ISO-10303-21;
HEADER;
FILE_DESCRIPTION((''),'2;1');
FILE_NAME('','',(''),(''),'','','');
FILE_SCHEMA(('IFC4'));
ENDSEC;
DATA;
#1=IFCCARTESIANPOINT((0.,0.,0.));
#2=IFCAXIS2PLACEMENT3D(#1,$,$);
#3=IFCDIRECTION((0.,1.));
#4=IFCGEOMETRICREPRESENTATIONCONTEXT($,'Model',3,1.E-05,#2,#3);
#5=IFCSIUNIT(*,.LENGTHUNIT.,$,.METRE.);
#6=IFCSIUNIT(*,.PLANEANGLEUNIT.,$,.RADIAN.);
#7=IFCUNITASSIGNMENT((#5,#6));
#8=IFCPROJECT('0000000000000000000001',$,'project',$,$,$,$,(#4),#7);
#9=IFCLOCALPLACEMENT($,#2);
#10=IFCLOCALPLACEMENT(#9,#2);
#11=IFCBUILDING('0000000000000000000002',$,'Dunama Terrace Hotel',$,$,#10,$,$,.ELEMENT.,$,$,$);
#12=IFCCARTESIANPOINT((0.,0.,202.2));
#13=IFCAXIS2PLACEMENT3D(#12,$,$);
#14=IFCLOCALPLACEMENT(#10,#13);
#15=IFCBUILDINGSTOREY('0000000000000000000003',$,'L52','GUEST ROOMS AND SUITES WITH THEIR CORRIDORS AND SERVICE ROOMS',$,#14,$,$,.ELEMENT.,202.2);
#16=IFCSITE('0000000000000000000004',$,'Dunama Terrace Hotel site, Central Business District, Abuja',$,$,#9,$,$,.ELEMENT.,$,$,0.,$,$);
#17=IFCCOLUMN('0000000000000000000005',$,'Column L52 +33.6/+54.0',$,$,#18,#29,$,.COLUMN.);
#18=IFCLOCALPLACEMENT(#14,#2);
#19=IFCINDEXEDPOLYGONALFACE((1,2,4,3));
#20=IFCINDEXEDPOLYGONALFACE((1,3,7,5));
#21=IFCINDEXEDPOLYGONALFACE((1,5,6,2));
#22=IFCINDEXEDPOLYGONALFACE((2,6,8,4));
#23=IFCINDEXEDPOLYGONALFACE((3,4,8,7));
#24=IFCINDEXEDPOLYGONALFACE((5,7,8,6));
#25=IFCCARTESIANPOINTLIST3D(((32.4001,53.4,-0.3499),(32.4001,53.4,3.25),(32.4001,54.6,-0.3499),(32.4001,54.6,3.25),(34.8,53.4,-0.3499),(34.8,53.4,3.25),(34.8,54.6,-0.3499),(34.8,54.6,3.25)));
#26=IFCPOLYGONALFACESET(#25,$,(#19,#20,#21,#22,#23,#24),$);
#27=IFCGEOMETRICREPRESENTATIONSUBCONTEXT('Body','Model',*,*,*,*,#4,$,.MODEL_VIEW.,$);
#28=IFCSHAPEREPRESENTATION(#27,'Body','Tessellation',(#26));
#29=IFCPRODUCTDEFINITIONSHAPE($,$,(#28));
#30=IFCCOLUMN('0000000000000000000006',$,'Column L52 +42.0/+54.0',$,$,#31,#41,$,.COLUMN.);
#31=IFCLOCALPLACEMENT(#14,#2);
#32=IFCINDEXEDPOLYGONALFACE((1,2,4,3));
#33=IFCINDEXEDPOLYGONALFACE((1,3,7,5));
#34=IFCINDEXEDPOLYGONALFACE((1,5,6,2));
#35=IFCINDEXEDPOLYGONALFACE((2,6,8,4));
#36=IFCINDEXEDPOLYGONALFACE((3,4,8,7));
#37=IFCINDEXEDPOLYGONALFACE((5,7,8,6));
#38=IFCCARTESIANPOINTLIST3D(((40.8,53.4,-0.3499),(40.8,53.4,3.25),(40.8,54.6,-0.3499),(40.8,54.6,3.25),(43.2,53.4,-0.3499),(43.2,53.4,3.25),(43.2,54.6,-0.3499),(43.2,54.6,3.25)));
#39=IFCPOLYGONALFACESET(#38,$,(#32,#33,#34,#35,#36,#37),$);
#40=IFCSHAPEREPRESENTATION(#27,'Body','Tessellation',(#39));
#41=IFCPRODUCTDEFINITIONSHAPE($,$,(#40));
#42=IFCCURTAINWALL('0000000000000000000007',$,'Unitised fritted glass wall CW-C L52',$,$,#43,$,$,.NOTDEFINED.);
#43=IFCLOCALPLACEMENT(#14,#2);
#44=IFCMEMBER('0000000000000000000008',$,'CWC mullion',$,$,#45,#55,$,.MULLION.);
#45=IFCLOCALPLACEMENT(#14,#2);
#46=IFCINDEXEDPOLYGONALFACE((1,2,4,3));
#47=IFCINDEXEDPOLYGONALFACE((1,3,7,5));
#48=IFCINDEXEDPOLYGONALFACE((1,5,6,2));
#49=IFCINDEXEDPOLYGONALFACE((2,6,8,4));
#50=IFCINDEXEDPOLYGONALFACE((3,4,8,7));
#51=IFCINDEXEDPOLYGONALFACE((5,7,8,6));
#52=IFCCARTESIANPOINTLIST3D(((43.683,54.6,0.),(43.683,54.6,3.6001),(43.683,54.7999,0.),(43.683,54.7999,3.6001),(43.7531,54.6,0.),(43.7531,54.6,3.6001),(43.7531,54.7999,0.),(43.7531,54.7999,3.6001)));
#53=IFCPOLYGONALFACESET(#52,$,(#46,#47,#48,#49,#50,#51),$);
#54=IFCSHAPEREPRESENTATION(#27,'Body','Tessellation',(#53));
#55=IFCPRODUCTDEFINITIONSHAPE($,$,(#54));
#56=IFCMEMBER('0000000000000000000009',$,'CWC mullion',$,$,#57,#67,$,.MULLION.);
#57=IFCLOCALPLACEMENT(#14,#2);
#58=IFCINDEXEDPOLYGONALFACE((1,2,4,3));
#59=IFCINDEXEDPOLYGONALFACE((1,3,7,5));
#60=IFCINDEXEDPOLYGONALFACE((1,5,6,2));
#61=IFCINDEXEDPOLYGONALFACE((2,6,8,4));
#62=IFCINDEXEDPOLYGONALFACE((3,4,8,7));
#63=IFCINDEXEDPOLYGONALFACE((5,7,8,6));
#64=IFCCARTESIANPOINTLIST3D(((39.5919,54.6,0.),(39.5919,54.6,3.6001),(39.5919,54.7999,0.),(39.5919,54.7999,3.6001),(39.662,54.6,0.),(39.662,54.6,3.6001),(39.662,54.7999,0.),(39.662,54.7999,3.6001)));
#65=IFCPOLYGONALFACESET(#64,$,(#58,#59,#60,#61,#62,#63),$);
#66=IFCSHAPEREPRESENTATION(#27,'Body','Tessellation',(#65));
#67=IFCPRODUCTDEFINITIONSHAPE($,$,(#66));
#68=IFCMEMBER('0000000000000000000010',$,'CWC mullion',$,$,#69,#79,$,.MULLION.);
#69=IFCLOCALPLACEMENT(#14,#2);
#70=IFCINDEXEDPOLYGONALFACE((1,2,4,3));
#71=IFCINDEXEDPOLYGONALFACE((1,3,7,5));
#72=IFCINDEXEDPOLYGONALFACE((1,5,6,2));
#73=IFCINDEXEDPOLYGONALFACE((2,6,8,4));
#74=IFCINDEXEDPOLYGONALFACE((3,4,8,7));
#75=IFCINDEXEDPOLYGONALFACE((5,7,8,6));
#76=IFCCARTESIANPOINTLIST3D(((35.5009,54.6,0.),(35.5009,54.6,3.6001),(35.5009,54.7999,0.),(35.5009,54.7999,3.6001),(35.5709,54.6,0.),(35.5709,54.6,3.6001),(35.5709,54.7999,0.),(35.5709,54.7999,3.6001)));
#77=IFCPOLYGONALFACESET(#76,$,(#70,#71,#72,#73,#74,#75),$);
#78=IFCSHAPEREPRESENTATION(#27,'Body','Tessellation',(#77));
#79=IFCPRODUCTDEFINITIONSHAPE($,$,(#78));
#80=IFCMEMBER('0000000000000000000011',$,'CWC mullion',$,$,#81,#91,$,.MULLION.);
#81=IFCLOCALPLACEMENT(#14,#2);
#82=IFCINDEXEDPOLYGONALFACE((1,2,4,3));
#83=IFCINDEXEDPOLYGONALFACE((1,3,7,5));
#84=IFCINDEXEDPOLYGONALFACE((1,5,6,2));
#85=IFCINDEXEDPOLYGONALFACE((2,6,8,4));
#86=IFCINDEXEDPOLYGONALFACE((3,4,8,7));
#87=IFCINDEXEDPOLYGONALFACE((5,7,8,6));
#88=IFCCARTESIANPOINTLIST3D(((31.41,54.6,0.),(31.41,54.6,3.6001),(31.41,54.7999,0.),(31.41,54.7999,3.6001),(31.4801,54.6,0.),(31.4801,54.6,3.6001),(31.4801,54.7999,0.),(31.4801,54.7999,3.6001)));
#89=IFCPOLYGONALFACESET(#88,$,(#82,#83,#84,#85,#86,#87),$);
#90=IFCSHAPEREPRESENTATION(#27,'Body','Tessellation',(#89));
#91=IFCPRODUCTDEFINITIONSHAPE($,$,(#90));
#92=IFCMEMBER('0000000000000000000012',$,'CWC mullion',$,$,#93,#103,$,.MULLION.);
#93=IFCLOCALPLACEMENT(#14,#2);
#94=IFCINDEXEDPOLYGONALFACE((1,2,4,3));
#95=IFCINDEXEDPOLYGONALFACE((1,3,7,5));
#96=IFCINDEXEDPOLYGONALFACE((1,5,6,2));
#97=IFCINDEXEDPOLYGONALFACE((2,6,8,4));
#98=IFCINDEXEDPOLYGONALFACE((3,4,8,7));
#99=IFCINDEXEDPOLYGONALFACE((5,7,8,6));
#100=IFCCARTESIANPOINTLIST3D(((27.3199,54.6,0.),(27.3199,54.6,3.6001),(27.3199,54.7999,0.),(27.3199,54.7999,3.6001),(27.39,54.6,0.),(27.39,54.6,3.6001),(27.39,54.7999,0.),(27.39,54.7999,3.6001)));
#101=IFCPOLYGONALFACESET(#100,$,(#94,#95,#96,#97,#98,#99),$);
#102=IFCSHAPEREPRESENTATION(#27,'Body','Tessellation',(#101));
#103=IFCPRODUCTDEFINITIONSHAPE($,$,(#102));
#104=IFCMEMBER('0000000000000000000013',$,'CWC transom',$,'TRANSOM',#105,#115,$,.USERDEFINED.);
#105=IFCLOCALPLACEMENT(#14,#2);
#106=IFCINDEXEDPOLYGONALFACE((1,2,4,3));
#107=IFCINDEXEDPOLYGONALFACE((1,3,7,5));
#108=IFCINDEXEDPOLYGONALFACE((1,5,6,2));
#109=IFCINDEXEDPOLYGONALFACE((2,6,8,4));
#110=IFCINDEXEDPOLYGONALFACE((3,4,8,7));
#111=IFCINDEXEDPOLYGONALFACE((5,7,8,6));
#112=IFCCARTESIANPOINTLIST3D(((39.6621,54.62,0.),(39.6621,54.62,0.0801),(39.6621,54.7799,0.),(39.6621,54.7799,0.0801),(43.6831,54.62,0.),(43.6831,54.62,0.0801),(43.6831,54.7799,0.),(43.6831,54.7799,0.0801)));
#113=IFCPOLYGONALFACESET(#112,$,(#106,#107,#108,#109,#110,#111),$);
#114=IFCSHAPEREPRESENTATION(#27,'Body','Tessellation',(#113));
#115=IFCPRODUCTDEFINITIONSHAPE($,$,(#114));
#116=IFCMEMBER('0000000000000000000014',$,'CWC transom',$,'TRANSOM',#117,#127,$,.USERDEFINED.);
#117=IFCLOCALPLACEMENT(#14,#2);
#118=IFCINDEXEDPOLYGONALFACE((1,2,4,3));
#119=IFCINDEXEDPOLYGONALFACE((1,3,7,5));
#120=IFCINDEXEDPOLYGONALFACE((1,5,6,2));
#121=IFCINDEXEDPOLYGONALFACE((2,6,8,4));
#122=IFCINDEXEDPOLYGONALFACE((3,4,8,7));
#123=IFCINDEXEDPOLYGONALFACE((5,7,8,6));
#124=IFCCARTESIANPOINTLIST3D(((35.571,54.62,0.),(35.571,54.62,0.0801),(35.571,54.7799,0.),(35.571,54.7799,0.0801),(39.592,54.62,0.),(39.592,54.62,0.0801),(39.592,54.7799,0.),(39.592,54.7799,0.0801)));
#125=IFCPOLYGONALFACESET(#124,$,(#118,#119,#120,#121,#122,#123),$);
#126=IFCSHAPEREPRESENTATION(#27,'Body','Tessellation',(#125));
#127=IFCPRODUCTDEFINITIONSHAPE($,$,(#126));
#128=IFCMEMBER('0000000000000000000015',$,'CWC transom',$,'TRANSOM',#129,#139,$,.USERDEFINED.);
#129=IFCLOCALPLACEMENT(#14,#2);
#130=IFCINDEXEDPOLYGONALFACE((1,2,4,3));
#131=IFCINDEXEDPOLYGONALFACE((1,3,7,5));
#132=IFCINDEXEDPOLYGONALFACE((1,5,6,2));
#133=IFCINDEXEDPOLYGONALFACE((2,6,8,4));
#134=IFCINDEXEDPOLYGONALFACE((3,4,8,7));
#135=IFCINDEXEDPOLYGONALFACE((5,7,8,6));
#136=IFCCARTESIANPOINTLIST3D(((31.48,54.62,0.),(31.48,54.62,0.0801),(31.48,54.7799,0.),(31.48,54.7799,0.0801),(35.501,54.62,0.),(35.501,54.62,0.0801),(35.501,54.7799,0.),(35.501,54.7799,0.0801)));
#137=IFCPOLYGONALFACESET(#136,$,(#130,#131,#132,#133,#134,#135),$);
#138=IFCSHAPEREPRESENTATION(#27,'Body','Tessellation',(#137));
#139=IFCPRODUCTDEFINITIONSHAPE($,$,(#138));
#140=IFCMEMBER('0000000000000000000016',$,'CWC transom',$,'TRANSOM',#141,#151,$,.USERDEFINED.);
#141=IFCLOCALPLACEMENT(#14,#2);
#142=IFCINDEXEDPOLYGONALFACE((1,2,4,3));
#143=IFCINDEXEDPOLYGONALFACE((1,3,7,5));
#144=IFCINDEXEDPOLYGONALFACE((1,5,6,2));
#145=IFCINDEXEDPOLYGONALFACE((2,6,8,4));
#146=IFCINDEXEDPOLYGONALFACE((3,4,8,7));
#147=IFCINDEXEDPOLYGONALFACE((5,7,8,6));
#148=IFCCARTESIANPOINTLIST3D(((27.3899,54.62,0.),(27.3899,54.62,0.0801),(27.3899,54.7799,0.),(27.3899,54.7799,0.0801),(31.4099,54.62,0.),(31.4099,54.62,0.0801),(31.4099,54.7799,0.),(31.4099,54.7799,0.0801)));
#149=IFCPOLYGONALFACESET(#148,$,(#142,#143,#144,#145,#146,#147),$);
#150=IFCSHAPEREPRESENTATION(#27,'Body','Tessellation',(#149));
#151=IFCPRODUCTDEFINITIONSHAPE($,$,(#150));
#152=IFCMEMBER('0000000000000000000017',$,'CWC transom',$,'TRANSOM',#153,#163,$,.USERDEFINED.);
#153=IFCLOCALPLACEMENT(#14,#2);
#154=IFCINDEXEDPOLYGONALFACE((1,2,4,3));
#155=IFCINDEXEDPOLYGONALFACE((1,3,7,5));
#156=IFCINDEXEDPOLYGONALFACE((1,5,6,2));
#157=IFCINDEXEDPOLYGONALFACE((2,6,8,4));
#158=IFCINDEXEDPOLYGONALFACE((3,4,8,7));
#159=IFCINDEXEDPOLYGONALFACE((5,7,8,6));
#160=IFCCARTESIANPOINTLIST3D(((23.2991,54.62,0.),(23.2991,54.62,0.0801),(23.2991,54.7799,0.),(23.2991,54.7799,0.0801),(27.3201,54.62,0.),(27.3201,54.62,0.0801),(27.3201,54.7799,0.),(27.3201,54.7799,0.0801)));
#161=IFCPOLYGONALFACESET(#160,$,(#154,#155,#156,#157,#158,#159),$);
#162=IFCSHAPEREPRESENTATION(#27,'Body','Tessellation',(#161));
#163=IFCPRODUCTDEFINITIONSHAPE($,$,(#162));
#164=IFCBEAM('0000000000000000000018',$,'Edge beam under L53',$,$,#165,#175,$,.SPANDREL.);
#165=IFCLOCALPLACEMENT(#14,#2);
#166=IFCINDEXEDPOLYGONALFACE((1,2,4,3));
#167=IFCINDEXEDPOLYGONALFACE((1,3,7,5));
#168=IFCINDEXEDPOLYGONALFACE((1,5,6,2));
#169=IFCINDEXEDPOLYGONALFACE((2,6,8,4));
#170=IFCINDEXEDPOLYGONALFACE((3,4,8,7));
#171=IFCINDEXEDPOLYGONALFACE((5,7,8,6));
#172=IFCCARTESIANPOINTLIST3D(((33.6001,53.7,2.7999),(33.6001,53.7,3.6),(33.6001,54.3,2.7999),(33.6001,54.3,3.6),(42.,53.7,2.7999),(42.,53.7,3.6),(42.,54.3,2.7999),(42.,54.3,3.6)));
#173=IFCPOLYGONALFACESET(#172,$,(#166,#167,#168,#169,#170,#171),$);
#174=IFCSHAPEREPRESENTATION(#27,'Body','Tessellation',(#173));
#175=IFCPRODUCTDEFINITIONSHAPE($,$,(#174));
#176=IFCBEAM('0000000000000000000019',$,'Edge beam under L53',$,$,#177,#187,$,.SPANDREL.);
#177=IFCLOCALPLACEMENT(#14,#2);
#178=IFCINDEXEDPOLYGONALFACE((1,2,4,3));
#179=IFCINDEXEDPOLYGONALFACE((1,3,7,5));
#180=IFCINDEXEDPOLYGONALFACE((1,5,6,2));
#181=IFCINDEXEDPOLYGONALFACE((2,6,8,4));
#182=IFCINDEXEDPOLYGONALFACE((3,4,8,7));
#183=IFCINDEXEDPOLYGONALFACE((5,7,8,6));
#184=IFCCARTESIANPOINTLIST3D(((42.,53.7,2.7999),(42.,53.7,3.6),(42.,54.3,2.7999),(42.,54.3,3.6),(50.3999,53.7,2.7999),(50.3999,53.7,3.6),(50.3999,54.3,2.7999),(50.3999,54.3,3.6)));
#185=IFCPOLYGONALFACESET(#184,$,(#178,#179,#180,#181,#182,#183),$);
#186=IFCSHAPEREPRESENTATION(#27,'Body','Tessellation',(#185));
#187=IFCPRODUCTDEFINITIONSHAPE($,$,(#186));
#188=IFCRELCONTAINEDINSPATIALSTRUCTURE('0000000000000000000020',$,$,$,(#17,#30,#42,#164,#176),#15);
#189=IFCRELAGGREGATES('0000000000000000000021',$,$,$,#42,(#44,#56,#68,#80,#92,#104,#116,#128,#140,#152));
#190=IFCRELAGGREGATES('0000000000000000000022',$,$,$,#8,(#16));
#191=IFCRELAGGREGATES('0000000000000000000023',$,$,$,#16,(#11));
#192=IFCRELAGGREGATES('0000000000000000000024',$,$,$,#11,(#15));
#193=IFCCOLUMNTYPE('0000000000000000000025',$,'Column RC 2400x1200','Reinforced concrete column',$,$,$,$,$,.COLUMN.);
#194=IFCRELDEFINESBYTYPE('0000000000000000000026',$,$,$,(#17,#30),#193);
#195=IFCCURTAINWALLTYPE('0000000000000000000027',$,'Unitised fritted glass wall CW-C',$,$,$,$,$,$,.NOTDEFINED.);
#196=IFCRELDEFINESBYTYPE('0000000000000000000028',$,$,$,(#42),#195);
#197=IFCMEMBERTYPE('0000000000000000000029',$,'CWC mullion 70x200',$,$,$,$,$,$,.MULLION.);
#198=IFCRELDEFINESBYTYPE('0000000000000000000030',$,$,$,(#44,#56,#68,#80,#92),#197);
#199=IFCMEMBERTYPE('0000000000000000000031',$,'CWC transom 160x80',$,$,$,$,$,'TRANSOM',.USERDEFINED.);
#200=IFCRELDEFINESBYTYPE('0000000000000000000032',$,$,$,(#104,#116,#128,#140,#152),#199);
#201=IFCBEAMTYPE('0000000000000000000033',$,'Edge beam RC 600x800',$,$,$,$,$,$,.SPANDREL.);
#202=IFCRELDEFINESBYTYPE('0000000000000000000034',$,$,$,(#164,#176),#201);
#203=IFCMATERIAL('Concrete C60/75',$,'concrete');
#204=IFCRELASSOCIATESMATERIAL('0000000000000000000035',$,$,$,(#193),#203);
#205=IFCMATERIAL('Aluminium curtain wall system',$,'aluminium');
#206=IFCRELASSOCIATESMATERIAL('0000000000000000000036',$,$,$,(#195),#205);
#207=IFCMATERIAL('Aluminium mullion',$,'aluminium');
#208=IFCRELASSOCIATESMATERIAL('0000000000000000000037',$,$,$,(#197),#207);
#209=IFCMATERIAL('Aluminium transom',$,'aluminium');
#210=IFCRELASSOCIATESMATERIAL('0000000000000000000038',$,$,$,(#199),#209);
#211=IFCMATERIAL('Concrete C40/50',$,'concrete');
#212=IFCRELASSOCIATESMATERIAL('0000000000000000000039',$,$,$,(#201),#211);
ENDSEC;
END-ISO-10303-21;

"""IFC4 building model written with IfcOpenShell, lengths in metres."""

from ifc_helpers import new_model, si_unit, direction, frame, origin, origin_2d, place, context, subcontext, project, spatial, rectangle, extrude, material, material_profile, profile_set, type_object, element, aggregate, save


model = new_model("IFC4")

# Units and contexts
model_context = context("Model", 3, precision=1e-05, world=origin(), true_north=direction((0.0, 1.0)))
body_context = subcontext(model_context, "Body", "Model", "MODEL_VIEW")
ifc_project = project(units=[si_unit("LENGTHUNIT", "METRE"), si_unit("PLANEANGLEUNIT", "RADIAN")], contexts=[model_context])

# Site, building, storey
site_placement = place(None, origin())
site = spatial("IfcSite", under=ifc_project, at=site_placement, Name="Dunama Terrace Hotel site, Central Business District, Abuja", CompositionType="ELEMENT", RefElevation=0.0)
building_placement = place(site_placement, origin())
building = spatial("IfcBuilding", under=site, at=building_placement, Name="Dunama Terrace Hotel", CompositionType="ELEMENT")
storey_placement = place(building_placement, frame((0.0, 0.0, 202.2)))
storey = spatial("IfcBuildingStorey", under=building, at=storey_placement, Name="L52", Description="GUEST ROOMS AND SUITES WITH THEIR CORRIDORS AND SERVICE ROOMS", CompositionType="ELEMENT", Elevation=202.2)

# Columns
ifc_material_1 = material(Name="Concrete C60/75", Category="concrete")
ifc_material_profile_1 = material_profile(ifc_material_1, rectangle(XDim=2.3999, YDim=1.2, at=origin_2d()), Name="RC 2400x1200")
ifc_profile_set_1 = profile_set([ifc_material_profile_1], Name="Concrete C60/75")
column_type = type_object("IfcColumnType", Name="Column RC 2400x1200", Description="Reinforced concrete column", PredefinedType="COLUMN", material=ifc_profile_set_1)
for number, where, z_axis, x_axis, name in (
    (1, (33.6001, 54.0, -0.3499), (0.0, 0.0, 1.0), (1.0, 0.0, 0.0), "Column L52 +33.6/+54.0"),
    (2, (42.0, 54.0, -0.3499), (0.0, 0.0, 1.0), (1.0, 0.0, 0.0), "Column L52 +42.0/+54.0"),
):
    element("IfcColumn", number, at=place(storey_placement, frame(where, z_axis=z_axis, x_axis=x_axis)), inside=storey, type_object=column_type, Name=name, PredefinedType="COLUMN", context=body_context, shape_type="SweptSolid", body=[
        extrude(rectangle(XDim=2.3999, YDim=1.2, at=origin_2d()), origin(), (0.0, 0.0, 1.0), 3.5999),
    ])

# Curtain wall, members
ifc_material_2 = material(Name="Aluminium curtain wall system", Category="aluminium")
curtain_wall_type = type_object("IfcCurtainWallType", Name="Unitised fritted glass wall CW-C", PredefinedType="NOTDEFINED", material=ifc_material_2)
curtain_wall_placement = place(storey_placement, origin())
curtain_wall = element("IfcCurtainWall", 3, at=curtain_wall_placement, inside=storey, type_object=curtain_wall_type, Name="Unitised fritted glass wall CW-C L52", PredefinedType="NOTDEFINED")
ifc_material_3 = material(Name="Aluminium mullion", Category="aluminium")
ifc_material_profile_2 = material_profile(ifc_material_3, rectangle(XDim=0.0701, YDim=0.2, at=origin_2d()), Name="CWC MULLION 70X200")
ifc_profile_set_2 = profile_set([ifc_material_profile_2], Name="Aluminium mullion")
member_type_1 = type_object("IfcMemberType", Name="CWC mullion 70x200", PredefinedType="MULLION", material=ifc_profile_set_2)
member_1_placement = place(storey_placement, frame((43.718, 54.7, 0.0), z_axis=(0.0, 0.0, 1.0), x_axis=(-1.0, 0.0, 0.0)))
member_1 = element("IfcMember", 4, at=member_1_placement, type_object=member_type_1, Name="CWC mullion", PredefinedType="MULLION", context=body_context, shape_type="SweptSolid", body=[
    extrude(rectangle(XDim=0.0701, YDim=0.2, at=origin_2d()), origin(), (0.0, 0.0, 1.0), 3.6001),
])
member_2_placement = place(storey_placement, frame((39.627, 54.7, 0.0), z_axis=(0.0, 0.0, 1.0), x_axis=(-1.0, 0.0, 0.0)))
member_2 = element("IfcMember", 5, at=member_2_placement, type_object=member_type_1, Name="CWC mullion", PredefinedType="MULLION", context=body_context, shape_type="SweptSolid", body=[
    extrude(rectangle(XDim=0.0701, YDim=0.2, at=origin_2d()), origin(), (0.0, 0.0, 1.0), 3.6001),
])
member_3_placement = place(storey_placement, frame((35.5359, 54.7, 0.0), z_axis=(0.0, 0.0, 1.0), x_axis=(-1.0, 0.0, 0.0)))
member_3 = element("IfcMember", 6, at=member_3_placement, type_object=member_type_1, Name="CWC mullion", PredefinedType="MULLION", context=body_context, shape_type="SweptSolid", body=[
    extrude(rectangle(XDim=0.0701, YDim=0.2, at=origin_2d()), origin(), (0.0, 0.0, 1.0), 3.6001),
])
member_4_placement = place(storey_placement, frame((31.4451, 54.7, 0.0), z_axis=(0.0, 0.0, 1.0), x_axis=(-1.0, 0.0, 0.0)))
member_4 = element("IfcMember", 7, at=member_4_placement, type_object=member_type_1, Name="CWC mullion", PredefinedType="MULLION", context=body_context, shape_type="SweptSolid", body=[
    extrude(rectangle(XDim=0.0701, YDim=0.2, at=origin_2d()), origin(), (0.0, 0.0, 1.0), 3.6001),
])
member_5_placement = place(storey_placement, frame((27.355, 54.7, 0.0), z_axis=(0.0, 0.0, 1.0), x_axis=(-1.0, 0.0, 0.0)))
member_5 = element("IfcMember", 8, at=member_5_placement, type_object=member_type_1, Name="CWC mullion", PredefinedType="MULLION", context=body_context, shape_type="SweptSolid", body=[
    extrude(rectangle(XDim=0.0701, YDim=0.2, at=origin_2d()), origin(), (0.0, 0.0, 1.0), 3.6001),
])
ifc_material_4 = material(Name="Aluminium transom", Category="aluminium")
ifc_material_profile_3 = material_profile(ifc_material_4, rectangle(XDim=0.1599, YDim=0.0801, at=origin_2d()), Name="CWC TRANSOM 160X80")
ifc_profile_set_3 = profile_set([ifc_material_profile_3], Name="Aluminium transom")
member_type_2 = type_object("IfcMemberType", Name="CWC transom 160x80", ElementType="TRANSOM", PredefinedType="USERDEFINED", material=ifc_profile_set_3)
member_6_placement = place(storey_placement, frame((43.6831, 54.7, 0.04), z_axis=(-1.0, 0.0, 0.0), x_axis=(0.0, -1.0, 0.0)))
member_6 = element("IfcMember", 9, at=member_6_placement, type_object=member_type_2, Name="CWC transom", ObjectType="TRANSOM", PredefinedType="USERDEFINED", context=body_context, shape_type="SweptSolid", body=[
    extrude(rectangle(XDim=0.1599, YDim=0.0801, at=origin_2d()), origin(), (0.0, 0.0, 1.0), 4.021),
])
member_7_placement = place(storey_placement, frame((39.592, 54.7, 0.04), z_axis=(-1.0, 0.0, 0.0), x_axis=(0.0, -1.0, 0.0)))
member_7 = element("IfcMember", 10, at=member_7_placement, type_object=member_type_2, Name="CWC transom", ObjectType="TRANSOM", PredefinedType="USERDEFINED", context=body_context, shape_type="SweptSolid", body=[
    extrude(rectangle(XDim=0.1599, YDim=0.0801, at=origin_2d()), origin(), (0.0, 0.0, 1.0), 4.021),
])
member_8_placement = place(storey_placement, frame((35.501, 54.7, 0.04), z_axis=(-1.0, 0.0, 0.0), x_axis=(0.0, -1.0, 0.0)))
member_8 = element("IfcMember", 11, at=member_8_placement, type_object=member_type_2, Name="CWC transom", ObjectType="TRANSOM", PredefinedType="USERDEFINED", context=body_context, shape_type="SweptSolid", body=[
    extrude(rectangle(XDim=0.1599, YDim=0.0801, at=origin_2d()), origin(), (0.0, 0.0, 1.0), 4.021),
])
member_9_placement = place(storey_placement, frame((31.4099, 54.7, 0.04), z_axis=(-1.0, 0.0, 0.0), x_axis=(0.0, -1.0, 0.0)))
member_9 = element("IfcMember", 12, at=member_9_placement, type_object=member_type_2, Name="CWC transom", ObjectType="TRANSOM", PredefinedType="USERDEFINED", context=body_context, shape_type="SweptSolid", body=[
    extrude(rectangle(XDim=0.1599, YDim=0.0801, at=origin_2d()), origin(), (0.0, 0.0, 1.0), 4.02),
])
member_10_placement = place(storey_placement, frame((27.3201, 54.7, 0.04), z_axis=(-1.0, 0.0, 0.0), x_axis=(0.0, -1.0, 0.0)))
member_10 = element("IfcMember", 13, at=member_10_placement, type_object=member_type_2, Name="CWC transom", ObjectType="TRANSOM", PredefinedType="USERDEFINED", context=body_context, shape_type="SweptSolid", body=[
    extrude(rectangle(XDim=0.1599, YDim=0.0801, at=origin_2d()), origin(), (0.0, 0.0, 1.0), 4.021),
])

# Beams
ifc_material_5 = material(Name="Concrete C40/50", Category="concrete")
ifc_material_profile_4 = material_profile(ifc_material_5, rectangle(XDim=0.6001, YDim=0.8, at=origin_2d()), Name="RC 600x800")
ifc_profile_set_4 = profile_set([ifc_material_profile_4], Name="Concrete C40/50")
beam_type = type_object("IfcBeamType", Name="Edge beam RC 600x800", PredefinedType="SPANDREL", material=ifc_profile_set_4)
for number, where, z_axis, x_axis, name in (
    (14, (33.6001, 54.0, 3.2), (1.0, 0.0, 0.0), (0.0, 1.0, 0.0), "Edge beam under L53"),
    (15, (42.0, 54.0, 3.2), (1.0, 0.0, 0.0), (0.0, 1.0, 0.0), "Edge beam under L53"),
):
    element("IfcBeam", number, at=place(storey_placement, frame(where, z_axis=z_axis, x_axis=x_axis)), inside=storey, type_object=beam_type, Name=name, PredefinedType="SPANDREL", context=body_context, shape_type="SweptSolid", body=[
        extrude(rectangle(XDim=0.6001, YDim=0.8, at=origin_2d()), origin(), (0.0, 0.0, 1.0), 8.3999),
    ])

aggregate(curtain_wall, [member_1, member_2, member_3, member_4, member_5, member_6, member_7, member_8, member_9, member_10])

save(model, "model.ifc")
